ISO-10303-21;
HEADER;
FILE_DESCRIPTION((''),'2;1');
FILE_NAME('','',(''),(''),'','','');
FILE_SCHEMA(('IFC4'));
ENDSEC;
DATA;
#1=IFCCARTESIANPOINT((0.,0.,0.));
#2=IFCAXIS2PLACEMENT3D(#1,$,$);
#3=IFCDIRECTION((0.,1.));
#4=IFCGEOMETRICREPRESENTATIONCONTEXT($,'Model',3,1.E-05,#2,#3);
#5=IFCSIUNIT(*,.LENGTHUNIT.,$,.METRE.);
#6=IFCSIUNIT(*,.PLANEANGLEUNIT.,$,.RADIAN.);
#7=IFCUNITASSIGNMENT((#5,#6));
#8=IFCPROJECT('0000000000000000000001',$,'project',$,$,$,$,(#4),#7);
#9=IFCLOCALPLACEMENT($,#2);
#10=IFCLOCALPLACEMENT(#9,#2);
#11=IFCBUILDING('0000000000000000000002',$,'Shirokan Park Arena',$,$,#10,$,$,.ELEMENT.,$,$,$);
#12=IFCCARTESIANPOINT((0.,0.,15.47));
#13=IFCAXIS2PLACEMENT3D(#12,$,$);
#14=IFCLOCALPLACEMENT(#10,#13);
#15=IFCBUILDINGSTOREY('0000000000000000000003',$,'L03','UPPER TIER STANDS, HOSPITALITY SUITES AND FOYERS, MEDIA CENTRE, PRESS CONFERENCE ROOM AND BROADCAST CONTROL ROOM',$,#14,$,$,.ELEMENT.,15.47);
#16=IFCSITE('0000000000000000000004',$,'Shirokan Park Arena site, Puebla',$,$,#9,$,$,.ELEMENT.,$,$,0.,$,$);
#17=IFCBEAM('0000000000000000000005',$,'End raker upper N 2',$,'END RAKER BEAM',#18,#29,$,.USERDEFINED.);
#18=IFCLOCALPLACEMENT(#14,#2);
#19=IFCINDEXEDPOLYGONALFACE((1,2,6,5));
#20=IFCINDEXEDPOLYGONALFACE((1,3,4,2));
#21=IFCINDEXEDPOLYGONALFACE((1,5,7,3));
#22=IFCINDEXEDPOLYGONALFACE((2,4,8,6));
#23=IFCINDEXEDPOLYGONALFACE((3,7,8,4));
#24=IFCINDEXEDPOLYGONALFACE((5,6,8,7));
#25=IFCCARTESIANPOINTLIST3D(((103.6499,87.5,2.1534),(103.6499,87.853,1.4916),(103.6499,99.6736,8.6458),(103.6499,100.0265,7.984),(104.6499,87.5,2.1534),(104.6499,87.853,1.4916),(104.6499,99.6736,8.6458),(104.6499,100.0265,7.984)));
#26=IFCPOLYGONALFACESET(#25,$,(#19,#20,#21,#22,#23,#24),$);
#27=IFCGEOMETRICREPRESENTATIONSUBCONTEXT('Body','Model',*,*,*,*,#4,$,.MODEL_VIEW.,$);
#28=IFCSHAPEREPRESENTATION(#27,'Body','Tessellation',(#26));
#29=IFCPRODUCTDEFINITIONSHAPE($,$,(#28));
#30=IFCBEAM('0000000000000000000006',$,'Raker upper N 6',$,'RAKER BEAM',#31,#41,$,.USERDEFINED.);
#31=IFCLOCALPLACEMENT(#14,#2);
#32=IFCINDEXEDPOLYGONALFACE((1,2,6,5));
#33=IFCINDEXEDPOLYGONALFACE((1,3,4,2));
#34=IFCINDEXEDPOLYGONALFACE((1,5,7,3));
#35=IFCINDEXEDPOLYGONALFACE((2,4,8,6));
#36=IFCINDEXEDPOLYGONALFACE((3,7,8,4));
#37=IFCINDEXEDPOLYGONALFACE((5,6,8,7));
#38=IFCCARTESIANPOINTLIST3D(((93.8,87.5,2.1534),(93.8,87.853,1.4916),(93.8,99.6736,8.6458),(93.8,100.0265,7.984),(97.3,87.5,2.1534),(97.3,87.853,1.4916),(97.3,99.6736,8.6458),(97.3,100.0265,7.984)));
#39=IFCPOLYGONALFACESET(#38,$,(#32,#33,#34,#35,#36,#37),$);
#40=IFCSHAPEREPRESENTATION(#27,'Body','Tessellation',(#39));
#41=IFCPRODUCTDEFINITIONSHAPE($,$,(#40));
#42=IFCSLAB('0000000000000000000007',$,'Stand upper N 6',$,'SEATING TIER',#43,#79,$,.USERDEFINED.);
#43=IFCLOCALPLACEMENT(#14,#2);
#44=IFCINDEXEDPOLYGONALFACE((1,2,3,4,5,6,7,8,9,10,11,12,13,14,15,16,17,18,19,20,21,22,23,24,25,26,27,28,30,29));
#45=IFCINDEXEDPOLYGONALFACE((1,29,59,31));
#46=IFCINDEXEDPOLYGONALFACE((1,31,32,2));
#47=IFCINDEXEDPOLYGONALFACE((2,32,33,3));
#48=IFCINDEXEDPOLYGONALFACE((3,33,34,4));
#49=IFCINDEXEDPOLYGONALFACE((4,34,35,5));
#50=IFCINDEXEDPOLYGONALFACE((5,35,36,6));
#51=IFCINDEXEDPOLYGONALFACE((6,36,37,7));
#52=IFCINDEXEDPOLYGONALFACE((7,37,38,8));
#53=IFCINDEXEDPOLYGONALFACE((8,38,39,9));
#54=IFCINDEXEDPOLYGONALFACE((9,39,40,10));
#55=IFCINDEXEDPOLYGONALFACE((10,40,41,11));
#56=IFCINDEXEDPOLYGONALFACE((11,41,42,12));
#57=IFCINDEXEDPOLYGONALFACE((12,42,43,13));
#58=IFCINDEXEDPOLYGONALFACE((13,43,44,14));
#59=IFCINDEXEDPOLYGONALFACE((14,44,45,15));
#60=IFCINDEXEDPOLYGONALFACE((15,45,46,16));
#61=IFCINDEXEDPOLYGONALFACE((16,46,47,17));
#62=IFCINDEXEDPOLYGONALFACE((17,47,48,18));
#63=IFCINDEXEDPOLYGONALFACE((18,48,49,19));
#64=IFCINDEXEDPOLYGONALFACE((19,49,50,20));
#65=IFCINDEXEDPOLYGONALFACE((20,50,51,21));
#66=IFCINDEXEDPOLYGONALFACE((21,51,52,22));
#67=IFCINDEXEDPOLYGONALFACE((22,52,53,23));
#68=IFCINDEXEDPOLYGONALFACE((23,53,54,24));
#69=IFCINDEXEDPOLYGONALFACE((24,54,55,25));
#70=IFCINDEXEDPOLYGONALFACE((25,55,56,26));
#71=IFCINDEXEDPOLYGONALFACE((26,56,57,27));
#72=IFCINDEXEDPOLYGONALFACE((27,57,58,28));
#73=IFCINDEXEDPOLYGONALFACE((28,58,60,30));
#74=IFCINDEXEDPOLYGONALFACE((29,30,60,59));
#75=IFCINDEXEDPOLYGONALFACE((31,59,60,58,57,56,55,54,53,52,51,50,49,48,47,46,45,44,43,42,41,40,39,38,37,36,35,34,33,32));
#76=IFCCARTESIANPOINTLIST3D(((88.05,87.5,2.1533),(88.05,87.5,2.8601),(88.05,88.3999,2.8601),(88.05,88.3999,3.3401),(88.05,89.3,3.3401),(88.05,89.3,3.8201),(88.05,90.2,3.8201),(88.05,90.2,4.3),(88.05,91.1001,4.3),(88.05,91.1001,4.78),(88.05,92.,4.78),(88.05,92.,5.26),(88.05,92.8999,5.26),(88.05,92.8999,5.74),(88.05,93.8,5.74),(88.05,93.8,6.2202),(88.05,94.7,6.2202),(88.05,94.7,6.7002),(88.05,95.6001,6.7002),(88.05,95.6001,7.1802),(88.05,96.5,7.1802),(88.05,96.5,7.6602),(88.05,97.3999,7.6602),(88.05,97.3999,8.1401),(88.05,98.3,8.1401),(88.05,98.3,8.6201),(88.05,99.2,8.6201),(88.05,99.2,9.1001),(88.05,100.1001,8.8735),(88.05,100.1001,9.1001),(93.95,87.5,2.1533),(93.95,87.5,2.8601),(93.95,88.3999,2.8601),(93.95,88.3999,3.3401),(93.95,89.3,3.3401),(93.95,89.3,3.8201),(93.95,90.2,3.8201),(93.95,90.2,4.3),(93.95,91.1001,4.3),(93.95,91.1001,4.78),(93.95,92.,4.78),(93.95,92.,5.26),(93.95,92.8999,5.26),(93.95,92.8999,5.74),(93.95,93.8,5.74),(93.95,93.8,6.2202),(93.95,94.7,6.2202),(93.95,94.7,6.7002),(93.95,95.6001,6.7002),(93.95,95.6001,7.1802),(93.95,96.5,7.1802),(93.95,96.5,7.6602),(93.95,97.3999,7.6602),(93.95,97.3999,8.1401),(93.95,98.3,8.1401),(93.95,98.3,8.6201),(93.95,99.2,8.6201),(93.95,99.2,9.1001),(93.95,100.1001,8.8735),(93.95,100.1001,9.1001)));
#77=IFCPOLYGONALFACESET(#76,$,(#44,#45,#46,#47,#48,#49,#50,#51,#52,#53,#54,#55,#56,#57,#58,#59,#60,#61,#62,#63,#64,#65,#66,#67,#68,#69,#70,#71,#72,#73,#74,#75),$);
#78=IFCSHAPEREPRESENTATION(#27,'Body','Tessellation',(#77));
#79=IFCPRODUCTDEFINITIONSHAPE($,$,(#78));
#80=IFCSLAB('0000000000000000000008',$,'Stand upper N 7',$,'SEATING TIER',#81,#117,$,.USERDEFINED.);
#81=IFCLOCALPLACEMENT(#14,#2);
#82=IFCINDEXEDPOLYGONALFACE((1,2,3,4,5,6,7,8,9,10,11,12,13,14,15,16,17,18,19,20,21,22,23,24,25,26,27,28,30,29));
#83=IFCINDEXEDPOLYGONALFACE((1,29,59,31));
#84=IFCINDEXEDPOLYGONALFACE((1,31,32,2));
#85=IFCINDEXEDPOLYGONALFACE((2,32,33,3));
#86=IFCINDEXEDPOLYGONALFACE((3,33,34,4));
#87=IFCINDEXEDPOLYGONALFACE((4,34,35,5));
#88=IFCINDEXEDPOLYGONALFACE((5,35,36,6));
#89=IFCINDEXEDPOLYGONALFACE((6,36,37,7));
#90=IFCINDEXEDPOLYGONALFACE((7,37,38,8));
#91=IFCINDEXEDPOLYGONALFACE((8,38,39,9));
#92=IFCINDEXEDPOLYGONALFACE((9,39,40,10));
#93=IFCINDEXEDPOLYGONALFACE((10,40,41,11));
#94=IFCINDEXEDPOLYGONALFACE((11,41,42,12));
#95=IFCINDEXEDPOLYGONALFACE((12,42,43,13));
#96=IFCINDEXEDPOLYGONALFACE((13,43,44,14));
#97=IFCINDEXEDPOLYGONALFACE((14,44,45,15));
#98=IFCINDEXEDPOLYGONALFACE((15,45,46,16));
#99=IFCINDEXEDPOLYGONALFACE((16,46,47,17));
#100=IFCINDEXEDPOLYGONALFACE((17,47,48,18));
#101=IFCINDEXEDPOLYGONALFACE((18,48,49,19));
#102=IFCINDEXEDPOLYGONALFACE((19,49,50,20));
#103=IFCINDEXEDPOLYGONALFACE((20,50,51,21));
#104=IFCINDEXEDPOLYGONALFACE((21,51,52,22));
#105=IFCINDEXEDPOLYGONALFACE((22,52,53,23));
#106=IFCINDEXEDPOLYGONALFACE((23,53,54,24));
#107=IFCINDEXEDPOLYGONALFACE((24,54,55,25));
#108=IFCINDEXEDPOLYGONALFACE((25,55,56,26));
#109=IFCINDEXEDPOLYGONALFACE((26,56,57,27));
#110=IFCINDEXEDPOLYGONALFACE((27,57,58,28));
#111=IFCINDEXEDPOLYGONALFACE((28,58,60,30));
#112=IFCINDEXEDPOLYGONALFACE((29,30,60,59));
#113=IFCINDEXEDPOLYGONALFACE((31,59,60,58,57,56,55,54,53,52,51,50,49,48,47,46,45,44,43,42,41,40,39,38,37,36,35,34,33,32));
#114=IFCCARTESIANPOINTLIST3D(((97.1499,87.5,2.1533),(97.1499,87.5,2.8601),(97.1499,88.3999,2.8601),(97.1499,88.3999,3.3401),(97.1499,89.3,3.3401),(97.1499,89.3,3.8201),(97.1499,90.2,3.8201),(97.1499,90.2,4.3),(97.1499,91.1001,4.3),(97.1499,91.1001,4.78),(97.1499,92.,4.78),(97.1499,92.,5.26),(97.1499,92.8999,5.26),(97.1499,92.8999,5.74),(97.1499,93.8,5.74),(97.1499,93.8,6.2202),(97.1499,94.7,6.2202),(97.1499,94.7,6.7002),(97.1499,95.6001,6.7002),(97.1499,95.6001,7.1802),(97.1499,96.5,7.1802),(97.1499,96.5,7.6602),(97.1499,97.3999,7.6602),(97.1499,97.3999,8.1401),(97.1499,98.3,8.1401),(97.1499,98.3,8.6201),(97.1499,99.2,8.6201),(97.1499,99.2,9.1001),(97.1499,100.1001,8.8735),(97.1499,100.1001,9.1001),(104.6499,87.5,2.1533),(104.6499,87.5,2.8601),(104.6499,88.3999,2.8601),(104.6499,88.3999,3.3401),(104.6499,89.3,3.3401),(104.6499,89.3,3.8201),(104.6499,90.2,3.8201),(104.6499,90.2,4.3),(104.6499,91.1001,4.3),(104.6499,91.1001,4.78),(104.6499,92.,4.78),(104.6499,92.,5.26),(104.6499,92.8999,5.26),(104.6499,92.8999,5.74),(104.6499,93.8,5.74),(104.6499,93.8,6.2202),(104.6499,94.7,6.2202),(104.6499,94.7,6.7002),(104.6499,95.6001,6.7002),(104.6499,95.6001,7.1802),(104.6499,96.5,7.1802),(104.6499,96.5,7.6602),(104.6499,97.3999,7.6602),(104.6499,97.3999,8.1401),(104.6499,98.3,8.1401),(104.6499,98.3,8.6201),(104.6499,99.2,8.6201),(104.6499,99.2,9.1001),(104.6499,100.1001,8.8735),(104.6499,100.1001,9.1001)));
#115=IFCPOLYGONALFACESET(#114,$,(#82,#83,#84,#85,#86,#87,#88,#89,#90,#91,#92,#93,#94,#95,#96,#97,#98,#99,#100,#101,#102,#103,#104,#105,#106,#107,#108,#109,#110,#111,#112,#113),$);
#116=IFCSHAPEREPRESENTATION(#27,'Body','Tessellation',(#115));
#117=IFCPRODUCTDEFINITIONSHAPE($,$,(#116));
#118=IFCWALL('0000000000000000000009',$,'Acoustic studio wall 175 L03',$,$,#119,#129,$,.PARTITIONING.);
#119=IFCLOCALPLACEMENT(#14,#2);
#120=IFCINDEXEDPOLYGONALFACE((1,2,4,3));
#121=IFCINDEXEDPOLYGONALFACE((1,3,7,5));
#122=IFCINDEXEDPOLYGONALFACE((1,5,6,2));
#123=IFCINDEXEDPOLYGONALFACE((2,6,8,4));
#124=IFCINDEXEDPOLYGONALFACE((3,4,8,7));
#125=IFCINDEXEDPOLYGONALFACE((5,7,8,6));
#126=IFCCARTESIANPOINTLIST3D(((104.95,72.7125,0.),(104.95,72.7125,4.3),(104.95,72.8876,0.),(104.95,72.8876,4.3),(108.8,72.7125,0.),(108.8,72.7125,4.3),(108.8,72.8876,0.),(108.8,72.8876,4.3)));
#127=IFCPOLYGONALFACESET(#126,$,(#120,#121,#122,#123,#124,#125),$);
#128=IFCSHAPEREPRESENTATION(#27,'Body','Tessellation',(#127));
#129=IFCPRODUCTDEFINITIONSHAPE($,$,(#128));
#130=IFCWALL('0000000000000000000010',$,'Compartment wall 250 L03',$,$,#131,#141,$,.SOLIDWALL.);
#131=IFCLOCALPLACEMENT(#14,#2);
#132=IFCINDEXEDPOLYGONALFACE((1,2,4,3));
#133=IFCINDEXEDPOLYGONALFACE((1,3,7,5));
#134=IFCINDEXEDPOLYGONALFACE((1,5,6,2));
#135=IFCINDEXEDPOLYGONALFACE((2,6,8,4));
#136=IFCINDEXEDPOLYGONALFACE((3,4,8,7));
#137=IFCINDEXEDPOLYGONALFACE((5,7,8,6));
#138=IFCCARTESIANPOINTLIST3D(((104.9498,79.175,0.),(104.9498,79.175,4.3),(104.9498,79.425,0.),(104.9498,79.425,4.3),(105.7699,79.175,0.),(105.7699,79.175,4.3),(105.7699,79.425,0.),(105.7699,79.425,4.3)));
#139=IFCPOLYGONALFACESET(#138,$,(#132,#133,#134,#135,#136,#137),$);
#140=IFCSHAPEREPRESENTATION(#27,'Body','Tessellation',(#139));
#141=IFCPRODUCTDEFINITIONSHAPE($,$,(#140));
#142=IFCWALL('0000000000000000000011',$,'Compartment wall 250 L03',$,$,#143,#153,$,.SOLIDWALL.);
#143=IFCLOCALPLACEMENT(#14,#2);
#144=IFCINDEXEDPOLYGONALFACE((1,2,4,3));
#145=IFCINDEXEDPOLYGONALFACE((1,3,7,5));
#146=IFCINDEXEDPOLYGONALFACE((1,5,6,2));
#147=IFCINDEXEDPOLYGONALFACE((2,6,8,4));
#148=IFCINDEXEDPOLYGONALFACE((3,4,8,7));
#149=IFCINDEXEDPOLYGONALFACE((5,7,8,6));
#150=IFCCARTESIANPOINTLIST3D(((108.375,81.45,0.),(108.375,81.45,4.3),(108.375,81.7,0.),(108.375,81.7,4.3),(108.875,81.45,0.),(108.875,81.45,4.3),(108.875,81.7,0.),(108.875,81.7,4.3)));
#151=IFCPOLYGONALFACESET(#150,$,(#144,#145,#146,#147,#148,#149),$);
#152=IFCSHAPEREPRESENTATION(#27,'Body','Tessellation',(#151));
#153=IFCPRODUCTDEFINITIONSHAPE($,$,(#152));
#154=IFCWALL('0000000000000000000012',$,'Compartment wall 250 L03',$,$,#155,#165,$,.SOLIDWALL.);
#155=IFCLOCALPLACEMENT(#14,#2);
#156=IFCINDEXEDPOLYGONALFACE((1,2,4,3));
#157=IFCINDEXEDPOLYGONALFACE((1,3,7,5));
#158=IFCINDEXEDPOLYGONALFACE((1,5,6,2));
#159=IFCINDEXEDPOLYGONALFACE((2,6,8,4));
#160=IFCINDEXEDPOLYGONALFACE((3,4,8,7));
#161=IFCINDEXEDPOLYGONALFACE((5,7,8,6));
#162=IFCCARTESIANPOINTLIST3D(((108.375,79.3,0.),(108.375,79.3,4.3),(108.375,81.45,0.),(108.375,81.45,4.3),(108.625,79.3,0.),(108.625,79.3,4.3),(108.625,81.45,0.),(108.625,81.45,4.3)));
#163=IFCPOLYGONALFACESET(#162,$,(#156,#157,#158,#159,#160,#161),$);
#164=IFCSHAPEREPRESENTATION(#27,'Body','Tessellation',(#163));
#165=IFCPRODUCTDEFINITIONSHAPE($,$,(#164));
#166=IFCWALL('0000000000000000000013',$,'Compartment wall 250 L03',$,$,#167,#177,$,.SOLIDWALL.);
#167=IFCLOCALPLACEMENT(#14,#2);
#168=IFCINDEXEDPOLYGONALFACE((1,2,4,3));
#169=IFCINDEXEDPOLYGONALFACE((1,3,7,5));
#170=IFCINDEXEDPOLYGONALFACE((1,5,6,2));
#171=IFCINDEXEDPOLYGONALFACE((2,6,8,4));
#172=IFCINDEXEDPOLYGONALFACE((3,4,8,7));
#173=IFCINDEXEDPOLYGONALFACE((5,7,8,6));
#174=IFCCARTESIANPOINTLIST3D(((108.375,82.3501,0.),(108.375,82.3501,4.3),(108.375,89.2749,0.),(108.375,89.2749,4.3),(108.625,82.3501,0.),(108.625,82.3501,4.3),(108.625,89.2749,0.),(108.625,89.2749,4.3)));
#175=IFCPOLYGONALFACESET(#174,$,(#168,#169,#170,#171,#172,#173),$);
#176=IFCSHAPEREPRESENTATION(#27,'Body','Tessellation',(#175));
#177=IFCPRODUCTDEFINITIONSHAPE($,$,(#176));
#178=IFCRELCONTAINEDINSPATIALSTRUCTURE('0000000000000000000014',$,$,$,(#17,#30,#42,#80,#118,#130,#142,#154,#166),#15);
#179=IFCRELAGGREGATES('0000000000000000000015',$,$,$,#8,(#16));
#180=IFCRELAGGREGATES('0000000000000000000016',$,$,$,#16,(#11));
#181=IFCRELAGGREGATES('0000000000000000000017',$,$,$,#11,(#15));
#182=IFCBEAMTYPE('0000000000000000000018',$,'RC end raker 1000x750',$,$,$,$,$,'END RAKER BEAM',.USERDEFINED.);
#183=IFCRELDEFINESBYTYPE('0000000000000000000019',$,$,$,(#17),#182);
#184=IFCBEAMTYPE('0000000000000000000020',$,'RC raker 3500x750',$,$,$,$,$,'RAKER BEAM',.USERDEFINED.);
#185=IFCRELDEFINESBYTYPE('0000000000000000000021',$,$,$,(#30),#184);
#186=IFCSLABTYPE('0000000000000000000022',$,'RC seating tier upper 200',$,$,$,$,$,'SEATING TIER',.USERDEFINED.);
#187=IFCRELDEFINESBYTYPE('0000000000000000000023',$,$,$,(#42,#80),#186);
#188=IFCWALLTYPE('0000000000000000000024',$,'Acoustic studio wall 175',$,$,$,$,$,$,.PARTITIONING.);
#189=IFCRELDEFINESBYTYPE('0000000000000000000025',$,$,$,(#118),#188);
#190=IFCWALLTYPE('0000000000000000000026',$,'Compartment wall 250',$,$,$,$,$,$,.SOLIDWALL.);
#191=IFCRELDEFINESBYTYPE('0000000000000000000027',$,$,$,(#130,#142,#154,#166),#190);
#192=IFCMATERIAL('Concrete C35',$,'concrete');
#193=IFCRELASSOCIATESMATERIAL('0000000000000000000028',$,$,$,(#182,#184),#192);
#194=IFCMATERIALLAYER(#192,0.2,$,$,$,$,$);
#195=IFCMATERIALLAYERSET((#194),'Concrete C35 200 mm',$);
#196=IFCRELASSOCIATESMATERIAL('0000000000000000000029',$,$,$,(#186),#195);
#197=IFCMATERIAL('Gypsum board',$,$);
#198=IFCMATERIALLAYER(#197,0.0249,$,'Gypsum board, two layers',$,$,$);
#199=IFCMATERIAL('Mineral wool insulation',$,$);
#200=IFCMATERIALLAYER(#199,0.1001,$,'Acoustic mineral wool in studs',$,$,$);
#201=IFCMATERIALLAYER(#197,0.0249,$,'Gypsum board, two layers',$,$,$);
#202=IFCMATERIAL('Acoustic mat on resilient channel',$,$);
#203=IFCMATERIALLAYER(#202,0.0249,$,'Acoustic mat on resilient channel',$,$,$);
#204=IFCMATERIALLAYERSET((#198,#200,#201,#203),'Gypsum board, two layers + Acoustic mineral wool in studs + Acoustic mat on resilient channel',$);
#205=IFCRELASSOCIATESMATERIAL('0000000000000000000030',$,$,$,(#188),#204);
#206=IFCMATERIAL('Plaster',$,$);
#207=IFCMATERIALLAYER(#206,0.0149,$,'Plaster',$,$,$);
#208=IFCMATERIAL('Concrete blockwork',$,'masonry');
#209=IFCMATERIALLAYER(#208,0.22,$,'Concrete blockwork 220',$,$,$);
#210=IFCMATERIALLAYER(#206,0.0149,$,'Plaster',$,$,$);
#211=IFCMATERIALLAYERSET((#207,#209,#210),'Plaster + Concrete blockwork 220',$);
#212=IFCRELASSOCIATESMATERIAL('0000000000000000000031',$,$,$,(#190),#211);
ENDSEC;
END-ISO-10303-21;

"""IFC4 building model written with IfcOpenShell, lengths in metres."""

from ifc_helpers import new_model, si_unit, direction, frame, frame_2d, origin, origin_2d, place, context, subcontext, project, spatial, polyline, rectangle, outline, extrude, material, layer, layer_set, material_profile, profile_set, type_object, element, save


model = new_model("IFC4")

# Units and contexts
model_context = context("Model", 3, precision=1e-05, world=origin(), true_north=direction((0.0, 1.0)))
body_context = subcontext(model_context, "Body", "Model", "MODEL_VIEW")
ifc_project = project(units=[si_unit("LENGTHUNIT", "METRE"), si_unit("PLANEANGLEUNIT", "RADIAN")], contexts=[model_context])

# Site, building, storey
site_placement = place(None, origin())
site = spatial("IfcSite", under=ifc_project, at=site_placement, Name="Shirokan Park Arena site, Puebla", CompositionType="ELEMENT", RefElevation=0.0)
building_placement = place(site_placement, origin())
building = spatial("IfcBuilding", under=site, at=building_placement, Name="Shirokan Park Arena", CompositionType="ELEMENT")
storey_placement = place(building_placement, frame((0.0, 0.0, 15.47)))
storey = spatial("IfcBuildingStorey", under=building, at=storey_placement, Name="L03", Description="UPPER TIER STANDS, HOSPITALITY SUITES AND FOYERS, MEDIA CENTRE, PRESS CONFERENCE ROOM AND BROADCAST CONTROL ROOM", CompositionType="ELEMENT", Elevation=15.47)

# Beams
ifc_material_1 = material(Name="Concrete C35", Category="concrete")
ifc_material_profile_1 = material_profile(ifc_material_1, rectangle(XDim=1.0, YDim=0.75, at=origin_2d()), Name="1000x750")
ifc_profile_set_1 = profile_set([ifc_material_profile_1], Name="Concrete C35")
beam_type_1 = type_object("IfcBeamType", Name="RC end raker 1000x750", ElementType="END RAKER BEAM", PredefinedType="USERDEFINED", material=ifc_profile_set_1)
beam_1_placement = place(storey_placement, frame((104.1499, 87.6765, 1.8225), z_axis=(0.0, 0.882357, 0.47058), x_axis=(-1.0, 0.0, 0.0)))
element("IfcBeam", 1, at=beam_1_placement, inside=storey, type_object=beam_type_1, Name="End raker upper N 2", ObjectType="END RAKER BEAM", PredefinedType="USERDEFINED", context=body_context, shape_type="SweptSolid", body=[
    extrude(rectangle(XDim=1.0, YDim=0.75, at=origin_2d()), origin(), (0.0, 0.0, 1.0), 13.7966),
])
ifc_material_profile_2 = material_profile(ifc_material_1, rectangle(XDim=3.5, YDim=0.75, at=origin_2d()), Name="3500x750")
ifc_profile_set_2 = profile_set([ifc_material_profile_2], Name="Concrete C35")
beam_type_2 = type_object("IfcBeamType", Name="RC raker 3500x750", ElementType="RAKER BEAM", PredefinedType="USERDEFINED", material=ifc_profile_set_2)
beam_2_placement = place(storey_placement, frame((95.55, 87.6765, 1.8225), z_axis=(0.0, 0.882357, 0.47058), x_axis=(-1.0, 0.0, 0.0)))
element("IfcBeam", 2, at=beam_2_placement, inside=storey, type_object=beam_type_2, Name="Raker upper N 6", ObjectType="RAKER BEAM", PredefinedType="USERDEFINED", context=body_context, shape_type="SweptSolid", body=[
    extrude(rectangle(XDim=3.5, YDim=0.75, at=origin_2d()), origin(), (0.0, 0.0, 1.0), 13.7966),
])

# Slabs
ifc_layer_1 = layer(ifc_material_1, 0.2)
ifc_layer_set_1 = layer_set([ifc_layer_1], Name="Concrete C35 200 mm")
slab_type = type_object("IfcSlabType", Name="RC seating tier upper 200", ElementType="SEATING TIER", PredefinedType="USERDEFINED", material=ifc_layer_set_1)
slab_1_placement = place(storey_placement, frame((91.0, 87.5, 2.8601), z_axis=(0.0, 0.0, 1.0), x_axis=(0.0, 1.0, 0.0)))
element("IfcSlab", 3, at=slab_1_placement, inside=storey, type_object=slab_type, Name="Stand upper N 6", ObjectType="SEATING TIER", PredefinedType="USERDEFINED", context=body_context, shape_type="SweptSolid", body=[
    extrude(outline(polyline([(0.0, 0.0), (0.8999, 0.0), (0.8999, 0.48), (1.8, 0.48), (1.8, 0.96), (2.7, 0.96), (2.7, 1.4399), (3.6001, 1.4399), (3.6001, 1.9199), (4.5, 1.9199), (4.5, 2.3999), (5.3999, 2.3999), (5.3999, 2.8799), (6.3, 2.8799), (6.3, 3.3601), (7.2, 3.3601), (7.2, 3.8401), (8.1001, 3.8401), (8.1001, 4.3201), (9.0, 4.3201), (9.0, 4.8), (9.8999, 4.8), (9.8999, 5.28), (10.8, 5.28), (10.8, 5.76), (11.7, 5.76), (11.7, 6.24), (12.6001, 6.24), (12.6001, 6.0134), (0.0, -0.7068), (0.0, 0.0)])), frame((0.0, 2.95, 0.0), z_axis=(0.0, -1.0, 0.0), x_axis=(1.0, 0.0, 0.0)), (0.0, 0.0, 1.0), 5.8999),
])
slab_2_placement = place(storey_placement, frame((100.8999, 87.5, 2.8601), z_axis=(0.0, 0.0, 1.0), x_axis=(0.0, 1.0, 0.0)))
element("IfcSlab", 4, at=slab_2_placement, inside=storey, type_object=slab_type, Name="Stand upper N 7", ObjectType="SEATING TIER", PredefinedType="USERDEFINED", context=body_context, shape_type="SweptSolid", body=[
    extrude(outline(polyline([(0.0, 0.0), (0.8999, 0.0), (0.8999, 0.48), (1.8, 0.48), (1.8, 0.96), (2.7, 0.96), (2.7, 1.4399), (3.6001, 1.4399), (3.6001, 1.9199), (4.5, 1.9199), (4.5, 2.3999), (5.3999, 2.3999), (5.3999, 2.8799), (6.3, 2.8799), (6.3, 3.3601), (7.2, 3.3601), (7.2, 3.8401), (8.1001, 3.8401), (8.1001, 4.3201), (9.0, 4.3201), (9.0, 4.8), (9.8999, 4.8), (9.8999, 5.28), (10.8, 5.28), (10.8, 5.76), (11.7, 5.76), (11.7, 6.24), (12.6001, 6.24), (12.6001, 6.0134), (0.0, -0.7068), (0.0, 0.0)])), frame((0.0, 3.75, 0.0), z_axis=(0.0, -1.0, 0.0), x_axis=(1.0, 0.0, 0.0)), (0.0, 0.0, 1.0), 7.5),
])

# Walls
ifc_material_2 = material(Name="Gypsum board")
ifc_layer_2 = layer(ifc_material_2, 0.0249, Name="Gypsum board, two layers")
ifc_material_3 = material(Name="Mineral wool insulation")
ifc_layer_3 = layer(ifc_material_3, 0.1001, Name="Acoustic mineral wool in studs")
ifc_layer_4 = layer(ifc_material_2, 0.0249, Name="Gypsum board, two layers")
ifc_material_4 = material(Name="Acoustic mat on resilient channel")
ifc_layer_5 = layer(ifc_material_4, 0.0249, Name="Acoustic mat on resilient channel")
ifc_layer_set_2 = layer_set([ifc_layer_2, ifc_layer_3, ifc_layer_4, ifc_layer_5], Name="Gypsum board, two layers + Acoustic mineral wool in studs + Acoustic mat on resilient channel")
wall_type_1 = type_object("IfcWallType", Name="Acoustic studio wall 175", PredefinedType="PARTITIONING", material=ifc_layer_set_2)
wall_1_placement = place(storey_placement, frame((104.95, 72.8, 0.0), z_axis=(0.0, 0.0, 1.0), x_axis=(1.0, 0.0, 0.0)))
element("IfcWall", 5, at=wall_1_placement, inside=storey, type_object=wall_type_1, Name="Acoustic studio wall 175 L03", PredefinedType="PARTITIONING", context=body_context, shape_type="SweptSolid", body=[
    extrude(rectangle(XDim=3.8501, YDim=0.175, at=frame_2d((1.925, 0.0))), origin(), (0.0, 0.0, 1.0), 4.3),
])
ifc_material_5 = material(Name="Plaster")
ifc_layer_6 = layer(ifc_material_5, 0.0149, Name="Plaster")
ifc_material_6 = material(Name="Concrete blockwork", Category="masonry")
ifc_layer_7 = layer(ifc_material_6, 0.22, Name="Concrete blockwork 220")
ifc_layer_8 = layer(ifc_material_5, 0.0149, Name="Plaster")
ifc_layer_set_3 = layer_set([ifc_layer_6, ifc_layer_7, ifc_layer_8], Name="Plaster + Concrete blockwork 220")
wall_type_2 = type_object("IfcWallType", Name="Compartment wall 250", PredefinedType="SOLIDWALL", material=ifc_layer_set_3)
wall_2_placement = place(storey_placement, frame((105.77, 79.3, 0.0), z_axis=(0.0, 0.0, 1.0), x_axis=(-1.0, 0.0, 0.0)))
element("IfcWall", 6, at=wall_2_placement, inside=storey, type_object=wall_type_2, Name="Compartment wall 250 L03", PredefinedType="SOLIDWALL", context=body_context, shape_type="SweptSolid", body=[
    extrude(rectangle(XDim=0.8201, YDim=0.25, at=frame_2d((0.4102, 0.0))), origin(), (0.0, 0.0, 1.0), 4.3),
])
wall_3_placement = place(storey_placement, frame((108.375, 81.575, 0.0), z_axis=(0.0, 0.0, 1.0), x_axis=(1.0, 0.0, 0.0)))
element("IfcWall", 7, at=wall_3_placement, inside=storey, type_object=wall_type_2, Name="Compartment wall 250 L03", PredefinedType="SOLIDWALL", context=body_context, shape_type="SweptSolid", body=[
    extrude(rectangle(XDim=0.5, YDim=0.25, at=frame_2d((0.25, 0.0))), origin(), (0.0, 0.0, 1.0), 4.3),
])
wall_4_placement = place(storey_placement, frame((108.5, 79.3, 0.0), z_axis=(0.0, 0.0, 1.0), x_axis=(0.0, 1.0, 0.0)))
element("IfcWall", 8, at=wall_4_placement, inside=storey, type_object=wall_type_2, Name="Compartment wall 250 L03", PredefinedType="SOLIDWALL", context=body_context, shape_type="SweptSolid", body=[
    extrude(rectangle(XDim=2.1499, YDim=0.25, at=frame_2d((1.075, 0.0))), origin(), (0.0, 0.0, 1.0), 4.3),
])
wall_5_placement = place(storey_placement, frame((108.5, 82.3501, 0.0), z_axis=(0.0, 0.0, 1.0), x_axis=(0.0, 1.0, 0.0)))
element("IfcWall", 9, at=wall_5_placement, inside=storey, type_object=wall_type_2, Name="Compartment wall 250 L03", PredefinedType="SOLIDWALL", context=body_context, shape_type="SweptSolid", body=[
    extrude(rectangle(XDim=6.9248, YDim=0.25, at=frame_2d((3.4624, 0.0))), origin(), (0.0, 0.0, 1.0), 4.3),
])

save(model, "model.ifc")
